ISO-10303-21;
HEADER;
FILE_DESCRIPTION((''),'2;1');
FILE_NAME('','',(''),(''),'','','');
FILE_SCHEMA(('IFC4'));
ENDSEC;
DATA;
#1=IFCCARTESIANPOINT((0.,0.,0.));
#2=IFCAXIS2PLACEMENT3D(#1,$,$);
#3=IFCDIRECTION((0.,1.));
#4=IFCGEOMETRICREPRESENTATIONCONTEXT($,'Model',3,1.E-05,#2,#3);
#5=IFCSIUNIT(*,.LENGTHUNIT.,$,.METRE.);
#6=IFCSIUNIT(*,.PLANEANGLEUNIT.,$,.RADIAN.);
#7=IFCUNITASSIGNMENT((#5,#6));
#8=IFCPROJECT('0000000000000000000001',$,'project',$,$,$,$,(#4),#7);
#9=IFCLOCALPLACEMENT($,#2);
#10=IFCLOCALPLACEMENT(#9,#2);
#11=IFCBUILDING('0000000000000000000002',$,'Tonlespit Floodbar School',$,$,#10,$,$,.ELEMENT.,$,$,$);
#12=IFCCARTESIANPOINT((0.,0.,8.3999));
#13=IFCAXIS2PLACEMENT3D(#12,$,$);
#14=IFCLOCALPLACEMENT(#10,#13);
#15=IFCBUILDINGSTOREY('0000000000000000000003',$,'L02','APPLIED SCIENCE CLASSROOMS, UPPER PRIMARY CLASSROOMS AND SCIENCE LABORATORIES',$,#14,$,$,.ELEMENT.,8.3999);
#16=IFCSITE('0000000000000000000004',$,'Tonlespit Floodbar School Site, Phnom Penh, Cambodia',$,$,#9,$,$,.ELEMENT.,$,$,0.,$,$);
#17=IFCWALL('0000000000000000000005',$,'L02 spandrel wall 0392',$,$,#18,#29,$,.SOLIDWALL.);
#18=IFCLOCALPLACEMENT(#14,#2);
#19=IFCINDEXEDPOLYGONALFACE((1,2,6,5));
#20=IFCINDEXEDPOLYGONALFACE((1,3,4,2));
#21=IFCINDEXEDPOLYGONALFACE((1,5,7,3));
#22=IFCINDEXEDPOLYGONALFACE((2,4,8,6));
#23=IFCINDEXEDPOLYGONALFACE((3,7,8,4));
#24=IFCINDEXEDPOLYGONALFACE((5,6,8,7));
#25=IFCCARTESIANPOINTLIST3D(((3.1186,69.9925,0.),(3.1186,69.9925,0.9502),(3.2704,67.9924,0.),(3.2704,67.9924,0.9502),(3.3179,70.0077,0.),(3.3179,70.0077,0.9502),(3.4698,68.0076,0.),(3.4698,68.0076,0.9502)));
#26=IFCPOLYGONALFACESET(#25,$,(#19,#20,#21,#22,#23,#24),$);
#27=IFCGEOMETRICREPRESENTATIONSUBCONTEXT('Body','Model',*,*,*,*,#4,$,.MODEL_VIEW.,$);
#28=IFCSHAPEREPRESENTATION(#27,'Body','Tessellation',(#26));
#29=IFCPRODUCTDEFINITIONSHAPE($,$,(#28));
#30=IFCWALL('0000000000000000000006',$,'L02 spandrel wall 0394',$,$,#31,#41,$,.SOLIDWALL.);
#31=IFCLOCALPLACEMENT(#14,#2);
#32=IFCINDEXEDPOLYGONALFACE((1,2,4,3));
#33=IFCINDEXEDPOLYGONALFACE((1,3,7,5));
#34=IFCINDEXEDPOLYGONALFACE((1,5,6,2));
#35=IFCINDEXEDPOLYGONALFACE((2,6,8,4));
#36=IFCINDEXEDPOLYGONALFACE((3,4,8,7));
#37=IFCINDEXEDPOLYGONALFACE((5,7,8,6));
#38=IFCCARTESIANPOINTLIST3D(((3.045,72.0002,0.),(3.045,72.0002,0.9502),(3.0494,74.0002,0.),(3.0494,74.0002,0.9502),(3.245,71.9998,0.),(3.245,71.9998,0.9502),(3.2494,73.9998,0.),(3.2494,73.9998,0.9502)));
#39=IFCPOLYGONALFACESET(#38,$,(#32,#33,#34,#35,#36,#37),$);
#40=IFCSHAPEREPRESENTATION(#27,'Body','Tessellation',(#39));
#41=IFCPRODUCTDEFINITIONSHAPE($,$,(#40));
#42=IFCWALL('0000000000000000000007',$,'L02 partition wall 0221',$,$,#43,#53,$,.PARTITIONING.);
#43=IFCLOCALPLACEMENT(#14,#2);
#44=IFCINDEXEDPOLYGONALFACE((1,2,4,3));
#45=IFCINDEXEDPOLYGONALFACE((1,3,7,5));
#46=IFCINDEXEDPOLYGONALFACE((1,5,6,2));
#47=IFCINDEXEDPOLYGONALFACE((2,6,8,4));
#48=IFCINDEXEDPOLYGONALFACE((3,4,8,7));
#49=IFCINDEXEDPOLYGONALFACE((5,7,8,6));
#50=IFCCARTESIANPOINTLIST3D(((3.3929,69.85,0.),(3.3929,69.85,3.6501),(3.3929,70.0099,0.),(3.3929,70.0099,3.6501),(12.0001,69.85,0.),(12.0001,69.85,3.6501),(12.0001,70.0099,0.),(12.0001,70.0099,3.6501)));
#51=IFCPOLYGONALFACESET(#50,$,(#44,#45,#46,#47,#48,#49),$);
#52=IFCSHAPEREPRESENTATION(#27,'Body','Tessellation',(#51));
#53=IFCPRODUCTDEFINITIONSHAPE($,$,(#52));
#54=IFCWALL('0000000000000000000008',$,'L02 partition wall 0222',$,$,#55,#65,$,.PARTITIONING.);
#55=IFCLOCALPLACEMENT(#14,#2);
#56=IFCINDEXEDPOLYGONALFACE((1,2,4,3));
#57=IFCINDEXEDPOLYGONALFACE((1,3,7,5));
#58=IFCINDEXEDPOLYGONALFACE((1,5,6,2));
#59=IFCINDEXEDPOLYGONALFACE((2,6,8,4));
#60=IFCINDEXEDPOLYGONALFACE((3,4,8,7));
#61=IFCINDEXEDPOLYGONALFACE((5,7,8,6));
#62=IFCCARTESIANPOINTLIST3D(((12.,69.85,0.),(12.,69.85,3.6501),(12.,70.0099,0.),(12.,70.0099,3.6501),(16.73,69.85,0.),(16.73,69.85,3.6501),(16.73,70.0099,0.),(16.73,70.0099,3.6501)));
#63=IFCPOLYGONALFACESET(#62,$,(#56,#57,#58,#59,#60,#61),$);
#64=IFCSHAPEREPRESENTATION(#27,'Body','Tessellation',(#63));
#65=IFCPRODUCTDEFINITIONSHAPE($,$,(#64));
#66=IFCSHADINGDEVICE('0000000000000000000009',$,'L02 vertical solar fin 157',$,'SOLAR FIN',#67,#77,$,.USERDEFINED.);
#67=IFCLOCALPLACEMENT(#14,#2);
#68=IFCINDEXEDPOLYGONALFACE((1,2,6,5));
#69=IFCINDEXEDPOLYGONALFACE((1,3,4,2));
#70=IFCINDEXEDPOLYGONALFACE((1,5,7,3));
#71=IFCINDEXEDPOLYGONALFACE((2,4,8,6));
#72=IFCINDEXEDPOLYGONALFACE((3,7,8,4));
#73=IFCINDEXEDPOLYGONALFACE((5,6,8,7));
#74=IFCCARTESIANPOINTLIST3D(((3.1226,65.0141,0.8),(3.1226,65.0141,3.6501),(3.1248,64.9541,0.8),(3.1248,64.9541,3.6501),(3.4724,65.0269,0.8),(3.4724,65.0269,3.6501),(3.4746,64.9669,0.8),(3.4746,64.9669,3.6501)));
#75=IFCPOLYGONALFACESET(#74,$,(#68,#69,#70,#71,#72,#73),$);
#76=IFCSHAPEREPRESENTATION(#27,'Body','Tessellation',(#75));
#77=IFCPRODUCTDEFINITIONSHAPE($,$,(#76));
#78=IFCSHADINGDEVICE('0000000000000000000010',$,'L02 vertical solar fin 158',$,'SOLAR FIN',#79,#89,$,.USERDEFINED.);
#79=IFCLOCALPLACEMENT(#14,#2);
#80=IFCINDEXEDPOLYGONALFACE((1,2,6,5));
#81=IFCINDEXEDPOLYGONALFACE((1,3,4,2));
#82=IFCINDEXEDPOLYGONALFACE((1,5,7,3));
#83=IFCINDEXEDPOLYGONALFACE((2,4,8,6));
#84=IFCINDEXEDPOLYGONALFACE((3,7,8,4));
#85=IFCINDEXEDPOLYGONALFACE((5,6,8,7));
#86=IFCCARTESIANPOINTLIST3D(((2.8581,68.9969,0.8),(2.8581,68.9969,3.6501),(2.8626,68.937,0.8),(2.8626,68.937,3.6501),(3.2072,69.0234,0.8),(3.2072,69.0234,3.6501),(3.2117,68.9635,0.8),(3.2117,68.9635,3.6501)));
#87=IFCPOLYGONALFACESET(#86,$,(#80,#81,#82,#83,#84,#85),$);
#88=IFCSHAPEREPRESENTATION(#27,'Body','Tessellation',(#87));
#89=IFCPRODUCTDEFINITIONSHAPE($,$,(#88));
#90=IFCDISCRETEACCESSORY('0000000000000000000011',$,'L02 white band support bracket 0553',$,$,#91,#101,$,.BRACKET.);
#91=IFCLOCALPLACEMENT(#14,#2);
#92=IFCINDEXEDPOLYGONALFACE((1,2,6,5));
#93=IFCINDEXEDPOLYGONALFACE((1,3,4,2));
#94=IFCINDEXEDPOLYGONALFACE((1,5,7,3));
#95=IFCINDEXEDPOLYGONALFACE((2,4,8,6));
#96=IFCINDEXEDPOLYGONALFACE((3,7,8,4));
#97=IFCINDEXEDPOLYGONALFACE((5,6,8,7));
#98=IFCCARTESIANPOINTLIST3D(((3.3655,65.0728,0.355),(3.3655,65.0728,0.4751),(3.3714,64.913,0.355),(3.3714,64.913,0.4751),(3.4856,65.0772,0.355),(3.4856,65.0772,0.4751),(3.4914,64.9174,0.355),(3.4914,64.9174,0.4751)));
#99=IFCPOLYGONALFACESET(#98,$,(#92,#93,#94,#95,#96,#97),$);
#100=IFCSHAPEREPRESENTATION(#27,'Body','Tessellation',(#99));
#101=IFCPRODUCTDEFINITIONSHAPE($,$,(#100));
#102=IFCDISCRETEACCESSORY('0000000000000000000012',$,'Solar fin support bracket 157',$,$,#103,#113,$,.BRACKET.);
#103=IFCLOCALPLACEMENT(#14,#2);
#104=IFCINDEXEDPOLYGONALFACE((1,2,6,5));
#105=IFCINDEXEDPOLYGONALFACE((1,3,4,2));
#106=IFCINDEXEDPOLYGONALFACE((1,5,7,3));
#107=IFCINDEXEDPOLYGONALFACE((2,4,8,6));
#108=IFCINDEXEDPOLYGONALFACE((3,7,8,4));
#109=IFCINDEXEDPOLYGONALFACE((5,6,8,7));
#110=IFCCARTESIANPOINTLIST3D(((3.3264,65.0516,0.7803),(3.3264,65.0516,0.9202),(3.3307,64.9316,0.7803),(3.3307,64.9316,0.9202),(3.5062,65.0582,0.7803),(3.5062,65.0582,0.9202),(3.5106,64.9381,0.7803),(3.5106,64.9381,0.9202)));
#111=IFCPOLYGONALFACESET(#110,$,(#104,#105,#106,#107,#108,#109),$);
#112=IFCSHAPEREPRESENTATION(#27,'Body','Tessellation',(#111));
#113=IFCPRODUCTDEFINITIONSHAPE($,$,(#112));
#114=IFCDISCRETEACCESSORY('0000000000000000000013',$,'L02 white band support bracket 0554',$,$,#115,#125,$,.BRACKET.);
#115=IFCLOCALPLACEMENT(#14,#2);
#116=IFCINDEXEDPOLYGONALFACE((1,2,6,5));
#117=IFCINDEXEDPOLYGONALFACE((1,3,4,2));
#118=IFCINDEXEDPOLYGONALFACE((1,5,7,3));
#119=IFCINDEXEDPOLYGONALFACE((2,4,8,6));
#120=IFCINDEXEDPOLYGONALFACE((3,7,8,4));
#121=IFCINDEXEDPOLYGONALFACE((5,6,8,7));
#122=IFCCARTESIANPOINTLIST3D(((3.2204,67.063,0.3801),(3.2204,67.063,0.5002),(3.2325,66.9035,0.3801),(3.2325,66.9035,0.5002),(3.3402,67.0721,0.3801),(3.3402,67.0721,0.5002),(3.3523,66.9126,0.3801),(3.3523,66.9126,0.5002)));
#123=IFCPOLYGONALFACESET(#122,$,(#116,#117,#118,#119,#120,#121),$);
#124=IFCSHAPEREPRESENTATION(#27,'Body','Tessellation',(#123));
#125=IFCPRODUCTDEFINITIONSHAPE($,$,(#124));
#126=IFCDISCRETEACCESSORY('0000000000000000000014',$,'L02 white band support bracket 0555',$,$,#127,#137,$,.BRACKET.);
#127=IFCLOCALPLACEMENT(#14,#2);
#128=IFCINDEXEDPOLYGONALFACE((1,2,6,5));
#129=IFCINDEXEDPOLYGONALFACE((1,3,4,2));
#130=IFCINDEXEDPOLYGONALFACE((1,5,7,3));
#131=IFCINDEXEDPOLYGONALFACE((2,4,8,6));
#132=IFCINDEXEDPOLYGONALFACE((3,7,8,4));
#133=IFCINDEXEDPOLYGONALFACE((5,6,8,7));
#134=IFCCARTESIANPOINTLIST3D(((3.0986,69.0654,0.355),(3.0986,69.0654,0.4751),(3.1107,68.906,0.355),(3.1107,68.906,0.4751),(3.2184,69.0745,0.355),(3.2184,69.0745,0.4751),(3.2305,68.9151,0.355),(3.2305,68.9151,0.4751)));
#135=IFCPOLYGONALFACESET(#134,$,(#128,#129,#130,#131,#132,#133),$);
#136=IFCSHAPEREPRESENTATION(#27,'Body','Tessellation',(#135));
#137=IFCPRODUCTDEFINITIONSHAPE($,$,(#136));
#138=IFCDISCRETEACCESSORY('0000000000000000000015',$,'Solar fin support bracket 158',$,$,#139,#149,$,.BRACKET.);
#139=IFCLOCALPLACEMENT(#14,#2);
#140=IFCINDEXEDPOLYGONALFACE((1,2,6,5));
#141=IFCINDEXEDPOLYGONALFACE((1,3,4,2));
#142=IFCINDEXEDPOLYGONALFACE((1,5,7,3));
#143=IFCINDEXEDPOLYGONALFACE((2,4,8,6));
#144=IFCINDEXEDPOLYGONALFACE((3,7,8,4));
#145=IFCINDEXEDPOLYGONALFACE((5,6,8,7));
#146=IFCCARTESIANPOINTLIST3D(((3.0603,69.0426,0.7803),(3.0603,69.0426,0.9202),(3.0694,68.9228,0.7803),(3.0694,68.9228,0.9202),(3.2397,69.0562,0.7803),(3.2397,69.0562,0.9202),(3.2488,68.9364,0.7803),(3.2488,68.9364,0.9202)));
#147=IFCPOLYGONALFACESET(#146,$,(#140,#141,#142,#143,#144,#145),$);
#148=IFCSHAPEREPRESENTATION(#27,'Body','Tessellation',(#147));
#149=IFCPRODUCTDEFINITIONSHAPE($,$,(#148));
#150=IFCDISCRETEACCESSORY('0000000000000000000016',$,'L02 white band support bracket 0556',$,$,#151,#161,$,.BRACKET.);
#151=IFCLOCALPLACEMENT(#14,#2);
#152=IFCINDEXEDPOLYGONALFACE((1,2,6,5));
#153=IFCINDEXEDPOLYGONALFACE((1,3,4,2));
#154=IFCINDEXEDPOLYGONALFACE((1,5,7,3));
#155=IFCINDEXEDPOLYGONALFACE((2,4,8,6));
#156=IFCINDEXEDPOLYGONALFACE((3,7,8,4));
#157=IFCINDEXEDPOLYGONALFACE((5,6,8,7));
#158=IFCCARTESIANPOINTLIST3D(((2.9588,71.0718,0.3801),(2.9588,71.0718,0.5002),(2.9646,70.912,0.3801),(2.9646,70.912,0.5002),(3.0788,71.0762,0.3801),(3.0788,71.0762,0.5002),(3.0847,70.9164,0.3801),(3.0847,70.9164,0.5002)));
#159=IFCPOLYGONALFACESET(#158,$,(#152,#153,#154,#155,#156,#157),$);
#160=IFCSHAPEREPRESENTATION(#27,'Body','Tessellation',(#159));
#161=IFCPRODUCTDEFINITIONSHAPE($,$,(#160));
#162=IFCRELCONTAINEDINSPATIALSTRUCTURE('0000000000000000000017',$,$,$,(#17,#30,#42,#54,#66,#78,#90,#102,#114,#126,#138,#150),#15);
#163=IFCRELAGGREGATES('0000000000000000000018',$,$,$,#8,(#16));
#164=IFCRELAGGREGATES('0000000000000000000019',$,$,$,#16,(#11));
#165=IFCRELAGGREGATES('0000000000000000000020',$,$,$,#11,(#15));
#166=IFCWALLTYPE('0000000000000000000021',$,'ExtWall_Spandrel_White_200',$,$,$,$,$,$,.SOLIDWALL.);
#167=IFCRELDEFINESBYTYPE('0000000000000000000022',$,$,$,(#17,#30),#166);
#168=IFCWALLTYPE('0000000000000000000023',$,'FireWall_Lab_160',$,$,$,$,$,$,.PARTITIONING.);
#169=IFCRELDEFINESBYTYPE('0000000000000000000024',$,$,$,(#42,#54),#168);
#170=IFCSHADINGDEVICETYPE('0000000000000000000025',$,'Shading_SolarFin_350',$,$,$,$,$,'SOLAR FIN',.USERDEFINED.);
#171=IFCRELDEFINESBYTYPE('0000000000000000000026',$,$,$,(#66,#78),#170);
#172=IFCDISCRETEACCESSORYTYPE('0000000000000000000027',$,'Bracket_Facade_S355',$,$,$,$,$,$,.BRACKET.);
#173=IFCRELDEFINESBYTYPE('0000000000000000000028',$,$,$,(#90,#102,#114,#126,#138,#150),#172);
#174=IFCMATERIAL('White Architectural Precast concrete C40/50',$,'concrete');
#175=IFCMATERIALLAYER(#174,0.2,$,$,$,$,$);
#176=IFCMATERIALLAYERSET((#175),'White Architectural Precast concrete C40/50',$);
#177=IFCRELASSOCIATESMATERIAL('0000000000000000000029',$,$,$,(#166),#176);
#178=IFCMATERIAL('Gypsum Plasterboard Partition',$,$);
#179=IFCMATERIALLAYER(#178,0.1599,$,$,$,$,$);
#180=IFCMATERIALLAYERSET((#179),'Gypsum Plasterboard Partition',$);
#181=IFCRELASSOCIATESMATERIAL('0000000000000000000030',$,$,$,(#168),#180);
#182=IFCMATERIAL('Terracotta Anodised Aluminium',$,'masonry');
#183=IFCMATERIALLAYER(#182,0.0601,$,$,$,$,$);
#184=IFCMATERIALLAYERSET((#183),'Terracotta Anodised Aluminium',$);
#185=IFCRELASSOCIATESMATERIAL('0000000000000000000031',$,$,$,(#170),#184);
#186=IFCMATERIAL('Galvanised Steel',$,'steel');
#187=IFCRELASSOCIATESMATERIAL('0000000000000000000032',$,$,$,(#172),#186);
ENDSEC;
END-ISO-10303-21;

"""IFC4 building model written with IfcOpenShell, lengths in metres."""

from ifc_helpers import new_model, si_unit, direction, frame, frame_2d, origin, origin_2d, place, context, subcontext, project, spatial, rectangle, extrude, material, layer, layer_set, type_object, element, save


model = new_model("IFC4")

# Units and contexts
model_context = context("Model", 3, precision=1e-05, world=origin(), true_north=direction((0.0, 1.0)))
body_context = subcontext(model_context, "Body", "Model", "MODEL_VIEW")
ifc_project = project(units=[si_unit("LENGTHUNIT", "METRE"), si_unit("PLANEANGLEUNIT", "RADIAN")], contexts=[model_context])

# Site, building, storey
site_placement = place(None, origin())
site = spatial("IfcSite", under=ifc_project, at=site_placement, Name="Tonlespit Floodbar School Site, Phnom Penh, Cambodia", CompositionType="ELEMENT", RefElevation=0.0)
building_placement = place(site_placement, origin())
building = spatial("IfcBuilding", under=site, at=building_placement, Name="Tonlespit Floodbar School", CompositionType="ELEMENT")
storey_placement = place(building_placement, frame((0.0, 0.0, 8.3999)))
storey = spatial("IfcBuildingStorey", under=building, at=storey_placement, Name="L02", Description="APPLIED SCIENCE CLASSROOMS, UPPER PRIMARY CLASSROOMS AND SCIENCE LABORATORIES", CompositionType="ELEMENT", Elevation=8.3999)

# Walls
ifc_material_1 = material(Name="White Architectural Precast concrete C40/50", Category="concrete")
ifc_layer_1 = layer(ifc_material_1, 0.2)
ifc_layer_set_1 = layer_set([ifc_layer_1], Name="White Architectural Precast concrete C40/50")
wall_type_1 = type_object("IfcWallType", Name="ExtWall_Spandrel_White_200", PredefinedType="SOLIDWALL", material=ifc_layer_set_1)
wall_1_placement = place(storey_placement, frame((3.3701, 68.0, 0.0), z_axis=(0.0, 0.0, 1.0), x_axis=(-0.07571, 0.99713, 0.0)))
element("IfcWall", 1, at=wall_1_placement, inside=storey, type_object=wall_type_1, Name="L02 spandrel wall 0392", PredefinedType="SOLIDWALL", context=body_context, shape_type="SweptSolid", body=[
    extrude(rectangle(XDim=2.0059, YDim=0.2, at=frame_2d((1.0029, 0.0))), origin(), (0.0, 0.0, 1.0), 0.9502),
])
wall_2_placement = place(storey_placement, frame((3.145, 72.0, 0.0), z_axis=(0.0, 0.0, 1.0), x_axis=(0.002197, 0.999998, 0.0)))
element("IfcWall", 2, at=wall_2_placement, inside=storey, type_object=wall_type_1, Name="L02 spandrel wall 0394", PredefinedType="SOLIDWALL", context=body_context, shape_type="SweptSolid", body=[
    extrude(rectangle(XDim=2.0, YDim=0.2, at=frame_2d((1.0, 0.0))), origin(), (0.0, 0.0, 1.0), 0.9502),
])
ifc_material_2 = material(Name="Gypsum Plasterboard Partition")
ifc_layer_2 = layer(ifc_material_2, 0.1599)
ifc_layer_set_2 = layer_set([ifc_layer_2], Name="Gypsum Plasterboard Partition")
wall_type_2 = type_object("IfcWallType", Name="FireWall_Lab_160", PredefinedType="PARTITIONING", material=ifc_layer_set_2)
wall_3_placement = place(storey_placement, frame((3.3928, 69.9299, 0.0), z_axis=(0.0, 0.0, 1.0), x_axis=(1.0, 0.0, 0.0)))
element("IfcWall", 3, at=wall_3_placement, inside=storey, type_object=wall_type_2, Name="L02 partition wall 0221", PredefinedType="PARTITIONING", context=body_context, shape_type="SweptSolid", body=[
    extrude(rectangle(XDim=8.6072, YDim=0.1599, at=frame_2d((4.3037, 0.0))), origin(), (0.0, 0.0, 1.0), 3.6501),
])
wall_4_placement = place(storey_placement, frame((12.0, 69.9299, 0.0), z_axis=(0.0, 0.0, 1.0), x_axis=(1.0, 0.0, 0.0)))
element("IfcWall", 4, at=wall_4_placement, inside=storey, type_object=wall_type_2, Name="L02 partition wall 0222", PredefinedType="PARTITIONING", context=body_context, shape_type="SweptSolid", body=[
    extrude(rectangle(XDim=4.73, YDim=0.1599, at=frame_2d((2.365, 0.0))), origin(), (0.0, 0.0, 1.0), 3.6501),
])

# Shading devices
ifc_material_3 = material(Name="Terracotta Anodised Aluminium", Category="masonry")
ifc_layer_3 = layer(ifc_material_3, 0.0601)
ifc_layer_set_3 = layer_set([ifc_layer_3], Name="Terracotta Anodised Aluminium")
shading_device_type = type_object("IfcShadingDeviceType", Name="Shading_SolarFin_350", ElementType="SOLAR FIN", PredefinedType="USERDEFINED", material=ifc_layer_set_3)
for number, where, z_axis, x_axis, name in (
    (5, (3.2986, 64.9905, 0.8), (0.0, 0.0, 1.0), (-0.036576, 0.999331, 0.0), "L02 vertical solar fin 157"),
    (6, (3.0349, 68.9802, 0.8), (0.0, 0.0, 1.0), (-0.075682, 0.997132, 0.0), "L02 vertical solar fin 158"),
):
    element("IfcShadingDevice", number, at=place(storey_placement, frame(where, z_axis=z_axis, x_axis=x_axis)), inside=storey, type_object=shading_device_type, Name=name, ObjectType="SOLAR FIN", PredefinedType="USERDEFINED", context=body_context, shape_type="SweptSolid", body=[
        extrude(rectangle(XDim=0.0601, YDim=0.3501, at=origin_2d()), origin(), (0.0, 0.0, 1.0), 2.8501),
    ])

# Discrete accessories
ifc_material_4 = material(Name="Galvanised Steel", Category="steel")
discrete_accessory_type = type_object("IfcDiscreteAccessoryType", Name="Bracket_Facade_S355", PredefinedType="BRACKET", material=ifc_material_4)
discrete_accessory_1_placement = place(storey_placement, frame((3.4285, 64.9951, 0.355), z_axis=(0.0, 0.0, 1.0), x_axis=(-0.036576, 0.999331, 0.0)))
element("IfcDiscreteAccessory", 7, at=discrete_accessory_1_placement, inside=storey, type_object=discrete_accessory_type, Name="L02 white band support bracket 0553", PredefinedType="BRACKET", context=body_context, shape_type="SweptSolid", body=[
    extrude(rectangle(XDim=0.1599, YDim=0.1201, at=origin_2d()), origin(), (0.0, 0.0, 1.0), 0.1201),
])
discrete_accessory_2_placement = place(storey_placement, frame((3.4185, 64.9949, 0.7803), z_axis=(0.0, 0.0, 1.0), x_axis=(-0.036576, 0.999331, 0.0)))
element("IfcDiscreteAccessory", 8, at=discrete_accessory_2_placement, inside=storey, type_object=discrete_accessory_type, Name="Solar fin support bracket 157", PredefinedType="BRACKET", context=body_context, shape_type="SweptSolid", body=[
    extrude(rectangle(XDim=0.1201, YDim=0.1799, at=origin_2d()), origin(), (0.0, 0.0, 1.0), 0.1399),
])
for number, where, z_axis, x_axis, name in (
    (9, (3.2864, 66.9878, 0.3801), (0.0, 0.0, 1.0), (-0.075682, 0.997132, 0.0), "L02 white band support bracket 0554"),
    (10, (3.1646, 68.9902, 0.355), (0.0, 0.0, 1.0), (-0.075682, 0.997132, 0.0), "L02 white band support bracket 0555"),
):
    element("IfcDiscreteAccessory", number, at=place(storey_placement, frame(where, z_axis=z_axis, x_axis=x_axis)), inside=storey, type_object=discrete_accessory_type, Name=name, PredefinedType="BRACKET", context=body_context, shape_type="SweptSolid", body=[
        extrude(rectangle(XDim=0.1599, YDim=0.1201, at=origin_2d()), origin(), (0.0, 0.0, 1.0), 0.1201),
    ])
discrete_accessory_3_placement = place(storey_placement, frame((3.1545, 68.9895, 0.7803), z_axis=(0.0, 0.0, 1.0), x_axis=(-0.075682, 0.997132, 0.0)))
element("IfcDiscreteAccessory", 11, at=discrete_accessory_3_placement, inside=storey, type_object=discrete_accessory_type, Name="Solar fin support bracket 158", PredefinedType="BRACKET", context=body_context, shape_type="SweptSolid", body=[
    extrude(rectangle(XDim=0.1201, YDim=0.1799, at=origin_2d()), origin(), (0.0, 0.0, 1.0), 0.1399),
])
discrete_accessory_4_placement = place(storey_placement, frame((3.0217, 70.9941, 0.3801), z_axis=(0.0, 0.0, 1.0), x_axis=(-0.036576, 0.999331, 0.0)))
element("IfcDiscreteAccessory", 12, at=discrete_accessory_4_placement, inside=storey, type_object=discrete_accessory_type, Name="L02 white band support bracket 0556", PredefinedType="BRACKET", context=body_context, shape_type="SweptSolid", body=[
    extrude(rectangle(XDim=0.1599, YDim=0.1201, at=origin_2d()), origin(), (0.0, 0.0, 1.0), 0.1201),
])

save(model, "model.ifc")
